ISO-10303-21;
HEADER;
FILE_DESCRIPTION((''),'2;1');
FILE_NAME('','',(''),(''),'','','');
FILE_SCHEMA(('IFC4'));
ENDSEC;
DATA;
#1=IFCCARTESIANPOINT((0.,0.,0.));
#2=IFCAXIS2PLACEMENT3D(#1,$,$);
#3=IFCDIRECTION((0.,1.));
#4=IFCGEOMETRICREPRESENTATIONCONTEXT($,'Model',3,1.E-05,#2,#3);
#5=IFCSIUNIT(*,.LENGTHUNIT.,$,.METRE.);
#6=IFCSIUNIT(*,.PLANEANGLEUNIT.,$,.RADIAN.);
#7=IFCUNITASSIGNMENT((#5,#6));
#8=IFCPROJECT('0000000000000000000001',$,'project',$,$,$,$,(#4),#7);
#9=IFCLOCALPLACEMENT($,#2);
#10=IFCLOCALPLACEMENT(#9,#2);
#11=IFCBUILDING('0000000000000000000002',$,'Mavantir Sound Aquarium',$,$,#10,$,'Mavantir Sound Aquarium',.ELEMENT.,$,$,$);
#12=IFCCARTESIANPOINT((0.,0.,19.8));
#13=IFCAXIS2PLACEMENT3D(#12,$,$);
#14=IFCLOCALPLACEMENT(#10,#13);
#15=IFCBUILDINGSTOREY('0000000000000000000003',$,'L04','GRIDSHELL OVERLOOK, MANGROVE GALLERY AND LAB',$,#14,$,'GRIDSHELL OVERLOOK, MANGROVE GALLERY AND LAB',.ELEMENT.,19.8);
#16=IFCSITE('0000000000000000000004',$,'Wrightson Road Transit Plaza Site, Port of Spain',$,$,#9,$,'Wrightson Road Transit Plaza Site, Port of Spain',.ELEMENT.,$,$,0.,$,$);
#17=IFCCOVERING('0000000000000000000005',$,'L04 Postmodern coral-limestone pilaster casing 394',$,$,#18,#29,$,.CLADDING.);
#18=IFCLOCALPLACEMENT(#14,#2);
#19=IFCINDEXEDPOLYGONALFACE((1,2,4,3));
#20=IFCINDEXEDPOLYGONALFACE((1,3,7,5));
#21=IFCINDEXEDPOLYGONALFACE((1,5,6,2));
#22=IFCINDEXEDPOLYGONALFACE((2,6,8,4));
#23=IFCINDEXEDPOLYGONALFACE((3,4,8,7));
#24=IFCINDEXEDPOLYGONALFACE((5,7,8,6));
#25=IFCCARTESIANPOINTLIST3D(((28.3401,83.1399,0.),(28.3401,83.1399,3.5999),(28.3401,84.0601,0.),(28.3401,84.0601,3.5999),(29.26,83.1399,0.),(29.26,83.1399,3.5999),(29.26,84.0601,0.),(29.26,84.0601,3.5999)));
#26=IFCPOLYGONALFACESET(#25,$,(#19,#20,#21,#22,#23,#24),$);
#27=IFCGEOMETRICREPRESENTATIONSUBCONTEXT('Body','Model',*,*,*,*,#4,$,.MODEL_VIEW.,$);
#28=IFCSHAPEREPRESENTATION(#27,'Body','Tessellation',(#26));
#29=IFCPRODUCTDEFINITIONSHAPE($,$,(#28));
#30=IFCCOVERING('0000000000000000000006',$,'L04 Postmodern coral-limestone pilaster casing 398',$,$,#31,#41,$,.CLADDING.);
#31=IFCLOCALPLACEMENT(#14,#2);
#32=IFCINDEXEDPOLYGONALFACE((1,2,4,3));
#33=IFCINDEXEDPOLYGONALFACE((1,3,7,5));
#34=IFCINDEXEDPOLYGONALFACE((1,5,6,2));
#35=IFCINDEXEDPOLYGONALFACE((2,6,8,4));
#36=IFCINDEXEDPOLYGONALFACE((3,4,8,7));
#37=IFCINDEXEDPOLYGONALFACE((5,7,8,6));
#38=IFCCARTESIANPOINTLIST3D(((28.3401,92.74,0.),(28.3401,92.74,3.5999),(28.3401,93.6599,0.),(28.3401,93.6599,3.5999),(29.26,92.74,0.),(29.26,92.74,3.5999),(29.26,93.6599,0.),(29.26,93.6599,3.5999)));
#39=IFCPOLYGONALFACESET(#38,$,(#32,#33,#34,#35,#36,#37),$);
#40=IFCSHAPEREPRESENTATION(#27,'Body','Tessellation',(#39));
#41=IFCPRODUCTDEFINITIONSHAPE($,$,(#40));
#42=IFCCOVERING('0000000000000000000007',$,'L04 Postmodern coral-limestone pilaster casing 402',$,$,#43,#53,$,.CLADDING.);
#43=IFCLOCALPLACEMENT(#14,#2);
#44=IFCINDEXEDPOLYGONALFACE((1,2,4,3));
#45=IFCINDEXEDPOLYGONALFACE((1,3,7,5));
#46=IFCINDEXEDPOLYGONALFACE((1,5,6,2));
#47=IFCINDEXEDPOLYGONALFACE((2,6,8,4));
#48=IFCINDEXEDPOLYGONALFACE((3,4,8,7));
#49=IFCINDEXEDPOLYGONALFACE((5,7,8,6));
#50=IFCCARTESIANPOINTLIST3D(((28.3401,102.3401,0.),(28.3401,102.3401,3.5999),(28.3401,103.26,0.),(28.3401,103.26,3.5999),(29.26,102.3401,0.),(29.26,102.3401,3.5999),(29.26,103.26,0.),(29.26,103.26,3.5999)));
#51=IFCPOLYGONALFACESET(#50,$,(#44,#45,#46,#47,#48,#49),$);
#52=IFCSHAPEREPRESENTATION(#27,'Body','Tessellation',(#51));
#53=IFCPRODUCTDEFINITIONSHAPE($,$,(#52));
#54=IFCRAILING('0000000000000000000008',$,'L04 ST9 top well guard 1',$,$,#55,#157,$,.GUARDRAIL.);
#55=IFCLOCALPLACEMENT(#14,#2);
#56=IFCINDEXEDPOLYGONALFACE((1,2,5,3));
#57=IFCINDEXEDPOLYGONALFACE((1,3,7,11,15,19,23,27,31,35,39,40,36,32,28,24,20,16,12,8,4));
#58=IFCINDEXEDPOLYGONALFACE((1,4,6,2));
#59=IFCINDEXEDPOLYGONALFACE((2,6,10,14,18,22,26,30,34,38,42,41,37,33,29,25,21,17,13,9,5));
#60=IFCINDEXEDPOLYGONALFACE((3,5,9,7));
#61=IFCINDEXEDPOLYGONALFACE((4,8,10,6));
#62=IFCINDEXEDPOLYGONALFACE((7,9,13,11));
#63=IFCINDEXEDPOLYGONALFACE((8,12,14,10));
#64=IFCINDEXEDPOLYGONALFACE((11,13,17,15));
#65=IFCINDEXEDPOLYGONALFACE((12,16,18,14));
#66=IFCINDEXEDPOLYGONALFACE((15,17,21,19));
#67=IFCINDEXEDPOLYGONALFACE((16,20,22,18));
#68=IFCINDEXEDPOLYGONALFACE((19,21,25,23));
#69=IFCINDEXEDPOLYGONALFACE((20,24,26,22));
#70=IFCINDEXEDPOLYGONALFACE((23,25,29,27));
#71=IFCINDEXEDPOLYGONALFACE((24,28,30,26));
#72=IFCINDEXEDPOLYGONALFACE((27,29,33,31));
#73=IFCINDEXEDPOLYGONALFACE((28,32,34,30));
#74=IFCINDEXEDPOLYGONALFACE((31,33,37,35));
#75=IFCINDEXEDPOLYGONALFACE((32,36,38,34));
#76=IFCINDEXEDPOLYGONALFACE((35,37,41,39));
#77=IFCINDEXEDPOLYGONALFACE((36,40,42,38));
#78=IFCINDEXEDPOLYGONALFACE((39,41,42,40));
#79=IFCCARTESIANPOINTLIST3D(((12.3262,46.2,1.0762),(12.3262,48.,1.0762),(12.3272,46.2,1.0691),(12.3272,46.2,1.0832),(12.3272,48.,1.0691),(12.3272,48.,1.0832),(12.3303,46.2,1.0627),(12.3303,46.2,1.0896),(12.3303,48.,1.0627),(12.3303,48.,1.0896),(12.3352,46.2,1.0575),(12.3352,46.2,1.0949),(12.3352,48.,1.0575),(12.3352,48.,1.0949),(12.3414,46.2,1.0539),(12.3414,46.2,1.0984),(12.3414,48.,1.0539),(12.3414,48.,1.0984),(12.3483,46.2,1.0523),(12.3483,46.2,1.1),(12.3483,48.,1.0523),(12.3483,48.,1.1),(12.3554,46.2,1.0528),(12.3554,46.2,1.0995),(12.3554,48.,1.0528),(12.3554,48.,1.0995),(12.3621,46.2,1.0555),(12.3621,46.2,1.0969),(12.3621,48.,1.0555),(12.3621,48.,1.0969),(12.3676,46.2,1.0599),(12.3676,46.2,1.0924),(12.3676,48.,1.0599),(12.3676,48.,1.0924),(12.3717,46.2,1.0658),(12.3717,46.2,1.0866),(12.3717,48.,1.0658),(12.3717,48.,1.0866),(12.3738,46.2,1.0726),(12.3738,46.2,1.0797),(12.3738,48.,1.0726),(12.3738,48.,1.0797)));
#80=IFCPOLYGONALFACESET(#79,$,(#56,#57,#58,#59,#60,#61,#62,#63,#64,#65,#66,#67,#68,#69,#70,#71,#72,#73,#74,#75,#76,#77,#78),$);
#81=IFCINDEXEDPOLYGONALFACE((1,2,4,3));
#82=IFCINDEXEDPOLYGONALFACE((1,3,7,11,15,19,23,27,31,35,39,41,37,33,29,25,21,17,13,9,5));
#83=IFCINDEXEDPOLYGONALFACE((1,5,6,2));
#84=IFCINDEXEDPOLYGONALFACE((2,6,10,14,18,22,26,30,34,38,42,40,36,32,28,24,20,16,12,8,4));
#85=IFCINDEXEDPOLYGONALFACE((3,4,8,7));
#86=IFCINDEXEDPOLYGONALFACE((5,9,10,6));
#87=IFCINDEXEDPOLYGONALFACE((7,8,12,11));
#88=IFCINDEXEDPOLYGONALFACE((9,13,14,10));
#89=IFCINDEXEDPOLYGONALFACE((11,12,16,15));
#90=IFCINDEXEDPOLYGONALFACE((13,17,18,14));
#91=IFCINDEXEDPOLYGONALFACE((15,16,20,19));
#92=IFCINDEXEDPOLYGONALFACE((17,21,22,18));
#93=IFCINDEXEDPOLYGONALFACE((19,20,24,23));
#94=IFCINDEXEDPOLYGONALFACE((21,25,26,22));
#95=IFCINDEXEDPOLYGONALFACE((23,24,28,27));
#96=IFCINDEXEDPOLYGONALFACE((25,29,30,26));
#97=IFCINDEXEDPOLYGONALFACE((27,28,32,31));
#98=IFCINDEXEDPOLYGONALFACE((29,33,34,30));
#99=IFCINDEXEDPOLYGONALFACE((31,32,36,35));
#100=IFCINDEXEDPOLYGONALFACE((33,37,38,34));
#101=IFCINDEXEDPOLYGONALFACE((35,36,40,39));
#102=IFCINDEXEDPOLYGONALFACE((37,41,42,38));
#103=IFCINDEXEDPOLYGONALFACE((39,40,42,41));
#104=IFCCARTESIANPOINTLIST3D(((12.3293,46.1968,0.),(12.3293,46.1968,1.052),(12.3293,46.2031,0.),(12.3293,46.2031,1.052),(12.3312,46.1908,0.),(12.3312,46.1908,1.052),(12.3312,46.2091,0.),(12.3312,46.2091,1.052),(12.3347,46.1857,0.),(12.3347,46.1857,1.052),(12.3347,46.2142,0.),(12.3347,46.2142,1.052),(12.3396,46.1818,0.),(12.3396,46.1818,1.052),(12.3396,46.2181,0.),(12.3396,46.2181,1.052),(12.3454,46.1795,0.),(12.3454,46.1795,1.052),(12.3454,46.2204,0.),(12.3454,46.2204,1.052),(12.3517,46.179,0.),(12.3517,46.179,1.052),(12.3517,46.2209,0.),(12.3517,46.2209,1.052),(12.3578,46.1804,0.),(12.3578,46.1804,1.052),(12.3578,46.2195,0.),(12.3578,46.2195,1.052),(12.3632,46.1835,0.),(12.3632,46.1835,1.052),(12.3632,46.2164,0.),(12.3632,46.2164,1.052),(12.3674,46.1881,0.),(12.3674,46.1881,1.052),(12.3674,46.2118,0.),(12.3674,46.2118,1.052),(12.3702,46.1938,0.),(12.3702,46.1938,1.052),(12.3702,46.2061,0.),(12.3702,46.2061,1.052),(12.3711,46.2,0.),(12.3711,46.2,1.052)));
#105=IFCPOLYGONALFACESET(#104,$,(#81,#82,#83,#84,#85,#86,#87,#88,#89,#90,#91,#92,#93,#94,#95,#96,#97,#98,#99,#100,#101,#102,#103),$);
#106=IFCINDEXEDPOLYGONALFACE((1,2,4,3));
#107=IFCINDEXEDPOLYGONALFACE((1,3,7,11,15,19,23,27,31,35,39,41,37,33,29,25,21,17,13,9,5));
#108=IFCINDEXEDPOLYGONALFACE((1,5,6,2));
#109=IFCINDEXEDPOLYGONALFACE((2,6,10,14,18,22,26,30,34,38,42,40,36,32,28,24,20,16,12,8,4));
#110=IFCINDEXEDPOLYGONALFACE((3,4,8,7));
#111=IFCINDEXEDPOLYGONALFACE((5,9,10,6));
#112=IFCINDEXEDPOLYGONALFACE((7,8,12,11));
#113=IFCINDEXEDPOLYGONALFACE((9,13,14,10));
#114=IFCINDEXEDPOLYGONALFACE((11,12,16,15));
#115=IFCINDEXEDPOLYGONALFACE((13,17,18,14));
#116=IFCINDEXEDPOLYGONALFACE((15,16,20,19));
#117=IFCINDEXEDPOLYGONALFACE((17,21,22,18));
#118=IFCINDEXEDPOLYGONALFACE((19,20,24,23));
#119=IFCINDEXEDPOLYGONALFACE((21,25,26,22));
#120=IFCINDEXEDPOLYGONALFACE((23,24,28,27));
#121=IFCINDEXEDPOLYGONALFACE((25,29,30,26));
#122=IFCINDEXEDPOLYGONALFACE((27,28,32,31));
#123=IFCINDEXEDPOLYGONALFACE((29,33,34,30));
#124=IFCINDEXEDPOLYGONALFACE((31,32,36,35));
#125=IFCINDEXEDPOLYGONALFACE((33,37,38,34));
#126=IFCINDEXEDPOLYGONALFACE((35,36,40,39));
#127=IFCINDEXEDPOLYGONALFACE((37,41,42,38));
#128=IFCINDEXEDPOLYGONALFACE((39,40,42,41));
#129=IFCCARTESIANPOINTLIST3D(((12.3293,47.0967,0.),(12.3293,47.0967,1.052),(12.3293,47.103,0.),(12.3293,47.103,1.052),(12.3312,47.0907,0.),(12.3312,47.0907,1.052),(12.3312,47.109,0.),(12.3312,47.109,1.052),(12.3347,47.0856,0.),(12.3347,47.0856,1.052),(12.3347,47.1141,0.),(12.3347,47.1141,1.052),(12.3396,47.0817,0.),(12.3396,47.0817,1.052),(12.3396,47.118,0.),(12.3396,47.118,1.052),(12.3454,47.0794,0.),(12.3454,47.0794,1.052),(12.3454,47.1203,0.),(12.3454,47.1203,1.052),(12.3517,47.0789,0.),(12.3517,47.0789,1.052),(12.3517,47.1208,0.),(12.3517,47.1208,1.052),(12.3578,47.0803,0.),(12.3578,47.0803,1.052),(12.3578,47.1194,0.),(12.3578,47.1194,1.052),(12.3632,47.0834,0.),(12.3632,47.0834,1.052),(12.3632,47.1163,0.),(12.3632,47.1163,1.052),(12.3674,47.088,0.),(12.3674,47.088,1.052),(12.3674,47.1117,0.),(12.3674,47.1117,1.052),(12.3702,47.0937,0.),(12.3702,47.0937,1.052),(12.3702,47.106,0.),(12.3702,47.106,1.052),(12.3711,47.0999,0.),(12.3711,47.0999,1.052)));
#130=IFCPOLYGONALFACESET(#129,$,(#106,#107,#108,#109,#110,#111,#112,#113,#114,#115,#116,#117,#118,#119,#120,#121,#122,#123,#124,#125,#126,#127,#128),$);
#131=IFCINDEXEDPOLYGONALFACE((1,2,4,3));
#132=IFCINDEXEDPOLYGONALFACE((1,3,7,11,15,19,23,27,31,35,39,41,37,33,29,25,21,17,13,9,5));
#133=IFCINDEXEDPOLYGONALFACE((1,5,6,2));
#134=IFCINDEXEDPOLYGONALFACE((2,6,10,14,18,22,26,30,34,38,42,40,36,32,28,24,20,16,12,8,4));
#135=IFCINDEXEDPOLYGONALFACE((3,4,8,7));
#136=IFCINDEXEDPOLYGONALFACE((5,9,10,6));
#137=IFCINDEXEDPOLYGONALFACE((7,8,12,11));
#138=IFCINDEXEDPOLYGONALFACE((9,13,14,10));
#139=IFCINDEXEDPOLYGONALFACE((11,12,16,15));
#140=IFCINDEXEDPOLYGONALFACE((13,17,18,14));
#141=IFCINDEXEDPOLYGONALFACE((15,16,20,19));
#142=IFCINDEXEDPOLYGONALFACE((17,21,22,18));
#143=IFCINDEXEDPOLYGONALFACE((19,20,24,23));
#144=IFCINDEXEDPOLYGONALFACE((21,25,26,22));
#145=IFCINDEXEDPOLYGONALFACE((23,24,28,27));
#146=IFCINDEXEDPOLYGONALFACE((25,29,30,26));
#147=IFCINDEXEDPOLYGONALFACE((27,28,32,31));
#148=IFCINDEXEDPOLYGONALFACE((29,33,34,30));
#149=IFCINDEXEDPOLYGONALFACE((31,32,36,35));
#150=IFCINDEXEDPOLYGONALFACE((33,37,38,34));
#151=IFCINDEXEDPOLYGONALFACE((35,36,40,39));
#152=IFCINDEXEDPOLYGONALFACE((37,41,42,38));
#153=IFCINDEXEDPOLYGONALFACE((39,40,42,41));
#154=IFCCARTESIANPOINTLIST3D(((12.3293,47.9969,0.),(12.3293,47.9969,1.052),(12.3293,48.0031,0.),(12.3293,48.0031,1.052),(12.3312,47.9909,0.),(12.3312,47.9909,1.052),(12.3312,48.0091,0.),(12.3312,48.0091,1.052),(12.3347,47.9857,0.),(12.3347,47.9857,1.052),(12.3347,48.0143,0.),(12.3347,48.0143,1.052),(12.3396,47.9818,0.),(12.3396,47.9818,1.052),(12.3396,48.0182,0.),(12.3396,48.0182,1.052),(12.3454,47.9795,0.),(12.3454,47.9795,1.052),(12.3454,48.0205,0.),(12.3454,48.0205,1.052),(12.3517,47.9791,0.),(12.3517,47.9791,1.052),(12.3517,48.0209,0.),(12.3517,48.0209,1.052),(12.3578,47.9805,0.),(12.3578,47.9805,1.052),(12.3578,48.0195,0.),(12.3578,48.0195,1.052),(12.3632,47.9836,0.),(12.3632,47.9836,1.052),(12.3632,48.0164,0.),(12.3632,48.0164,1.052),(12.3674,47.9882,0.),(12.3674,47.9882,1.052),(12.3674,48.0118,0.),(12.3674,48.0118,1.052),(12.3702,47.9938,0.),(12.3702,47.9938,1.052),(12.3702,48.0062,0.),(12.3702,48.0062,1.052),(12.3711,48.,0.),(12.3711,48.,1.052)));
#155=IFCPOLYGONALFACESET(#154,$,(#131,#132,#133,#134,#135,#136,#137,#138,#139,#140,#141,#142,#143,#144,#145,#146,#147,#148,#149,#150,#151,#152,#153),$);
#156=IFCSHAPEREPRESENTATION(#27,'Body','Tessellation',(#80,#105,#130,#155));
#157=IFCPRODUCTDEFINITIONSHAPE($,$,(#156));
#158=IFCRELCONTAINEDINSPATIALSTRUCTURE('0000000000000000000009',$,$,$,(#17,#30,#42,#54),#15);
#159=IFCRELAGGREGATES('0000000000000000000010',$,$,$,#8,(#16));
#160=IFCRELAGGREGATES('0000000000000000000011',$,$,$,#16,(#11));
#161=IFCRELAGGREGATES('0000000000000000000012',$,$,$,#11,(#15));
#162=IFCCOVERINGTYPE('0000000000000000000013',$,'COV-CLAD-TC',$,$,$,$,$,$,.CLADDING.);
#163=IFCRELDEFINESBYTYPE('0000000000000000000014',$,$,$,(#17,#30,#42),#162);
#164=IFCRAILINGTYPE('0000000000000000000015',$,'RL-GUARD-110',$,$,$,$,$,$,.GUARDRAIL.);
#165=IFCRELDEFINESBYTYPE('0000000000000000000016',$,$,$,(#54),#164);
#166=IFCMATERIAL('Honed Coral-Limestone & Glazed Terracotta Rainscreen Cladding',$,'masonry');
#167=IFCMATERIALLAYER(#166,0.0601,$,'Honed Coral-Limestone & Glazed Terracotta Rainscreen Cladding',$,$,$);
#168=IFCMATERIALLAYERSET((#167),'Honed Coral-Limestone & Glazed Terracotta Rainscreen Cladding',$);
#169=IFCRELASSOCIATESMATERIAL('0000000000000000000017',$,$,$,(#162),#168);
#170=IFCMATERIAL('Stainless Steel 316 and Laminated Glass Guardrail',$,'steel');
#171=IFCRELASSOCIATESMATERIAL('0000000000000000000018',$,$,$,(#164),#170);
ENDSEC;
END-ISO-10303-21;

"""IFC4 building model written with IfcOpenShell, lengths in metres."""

from ifc_helpers import new_model, si_unit, direction, frame, origin, origin_2d, place, context, subcontext, project, spatial, polyline, circle, outline, extrude, material, layer, layer_set, type_object, element, save


model = new_model("IFC4")

# Units and contexts
model_context = context("Model", 3, precision=1e-05, world=origin(), true_north=direction((0.0, 1.0)))
body_context = subcontext(model_context, "Body", "Model", "MODEL_VIEW")
ifc_project = project(units=[si_unit("LENGTHUNIT", "METRE"), si_unit("PLANEANGLEUNIT", "RADIAN")], contexts=[model_context])

# Site, building, storey
site_placement = place(None, origin())
site = spatial("IfcSite", under=ifc_project, at=site_placement, Name="Wrightson Road Transit Plaza Site, Port of Spain", LongName="Wrightson Road Transit Plaza Site, Port of Spain", CompositionType="ELEMENT", RefElevation=0.0)
building_placement = place(site_placement, origin())
building = spatial("IfcBuilding", under=site, at=building_placement, Name="Mavantir Sound Aquarium", LongName="Mavantir Sound Aquarium", CompositionType="ELEMENT")
storey_placement = place(building_placement, frame((0.0, 0.0, 19.8)))
storey = spatial("IfcBuildingStorey", under=building, at=storey_placement, Name="L04", Description="GRIDSHELL OVERLOOK, MANGROVE GALLERY AND LAB", LongName="GRIDSHELL OVERLOOK, MANGROVE GALLERY AND LAB", CompositionType="ELEMENT", Elevation=19.8)

# Coverings
ifc_material_1 = material(Name="Honed Coral-Limestone & Glazed Terracotta Rainscreen Cladding", Category="masonry")
ifc_layer_1 = layer(ifc_material_1, 0.0601, Name="Honed Coral-Limestone & Glazed Terracotta Rainscreen Cladding")
ifc_layer_set_1 = layer_set([ifc_layer_1], Name="Honed Coral-Limestone & Glazed Terracotta Rainscreen Cladding")
covering_type = type_object("IfcCoveringType", Name="COV-CLAD-TC", PredefinedType="CLADDING", material=ifc_layer_set_1)
covering_1_placement = place(storey_placement, origin())
element("IfcCovering", 1, at=covering_1_placement, inside=storey, type_object=covering_type, Name="L04 Postmodern coral-limestone pilaster casing 394", PredefinedType="CLADDING", context=body_context, shape_type="SweptSolid", body=[
    extrude(outline(polyline([(28.3401, 83.1399), (29.26, 83.1399), (29.26, 84.0601), (28.3401, 84.0601), (28.3401, 83.1399)])), origin(), (0.0, 0.0, 1.0), 3.5999),
])
covering_2_placement = place(storey_placement, origin())
element("IfcCovering", 2, at=covering_2_placement, inside=storey, type_object=covering_type, Name="L04 Postmodern coral-limestone pilaster casing 398", PredefinedType="CLADDING", context=body_context, shape_type="SweptSolid", body=[
    extrude(outline(polyline([(28.3401, 92.74), (29.26, 92.74), (29.26, 93.6599), (28.3401, 93.6599), (28.3401, 92.74)])), origin(), (0.0, 0.0, 1.0), 3.5999),
])
covering_3_placement = place(storey_placement, origin())
element("IfcCovering", 3, at=covering_3_placement, inside=storey, type_object=covering_type, Name="L04 Postmodern coral-limestone pilaster casing 402", PredefinedType="CLADDING", context=body_context, shape_type="SweptSolid", body=[
    extrude(outline(polyline([(28.3401, 102.3401), (29.26, 102.3401), (29.26, 103.26), (28.3401, 103.26), (28.3401, 102.3401)])), origin(), (0.0, 0.0, 1.0), 3.5999),
])

# Railing
ifc_material_2 = material(Name="Stainless Steel 316 and Laminated Glass Guardrail", Category="steel")
railing_type = type_object("IfcRailingType", Name="RL-GUARD-110", PredefinedType="GUARDRAIL", material=ifc_material_2)
railing_1_placement = place(storey_placement, frame((12.3501, 46.2, 0.0)))
element("IfcRailing", 4, at=railing_1_placement, inside=storey, type_object=railing_type, Name="L04 ST9 top well guard 1", PredefinedType="GUARDRAIL", context=body_context, shape_type="SweptSolid", body=[
    extrude(circle(Radius=0.0239, at=origin_2d()), frame((0.0, 0.0, 1.0762), z_axis=(0.0, 1.0, 0.0), x_axis=(-1.0, 0.0, 0.0)), (0.0, 0.0, 1.0), 1.8),
    extrude(circle(Radius=0.021, at=origin_2d()), origin(), (0.0, 0.0, 1.0), 1.052),
    extrude(circle(Radius=0.021, at=origin_2d()), frame((0.0, 0.8999, 0.0)), (0.0, 0.0, 1.0), 1.052),
    extrude(circle(Radius=0.021, at=origin_2d()), frame((0.0, 1.8, 0.0)), (0.0, 0.0, 1.0), 1.052),
])

save(model, "model.ifc")
